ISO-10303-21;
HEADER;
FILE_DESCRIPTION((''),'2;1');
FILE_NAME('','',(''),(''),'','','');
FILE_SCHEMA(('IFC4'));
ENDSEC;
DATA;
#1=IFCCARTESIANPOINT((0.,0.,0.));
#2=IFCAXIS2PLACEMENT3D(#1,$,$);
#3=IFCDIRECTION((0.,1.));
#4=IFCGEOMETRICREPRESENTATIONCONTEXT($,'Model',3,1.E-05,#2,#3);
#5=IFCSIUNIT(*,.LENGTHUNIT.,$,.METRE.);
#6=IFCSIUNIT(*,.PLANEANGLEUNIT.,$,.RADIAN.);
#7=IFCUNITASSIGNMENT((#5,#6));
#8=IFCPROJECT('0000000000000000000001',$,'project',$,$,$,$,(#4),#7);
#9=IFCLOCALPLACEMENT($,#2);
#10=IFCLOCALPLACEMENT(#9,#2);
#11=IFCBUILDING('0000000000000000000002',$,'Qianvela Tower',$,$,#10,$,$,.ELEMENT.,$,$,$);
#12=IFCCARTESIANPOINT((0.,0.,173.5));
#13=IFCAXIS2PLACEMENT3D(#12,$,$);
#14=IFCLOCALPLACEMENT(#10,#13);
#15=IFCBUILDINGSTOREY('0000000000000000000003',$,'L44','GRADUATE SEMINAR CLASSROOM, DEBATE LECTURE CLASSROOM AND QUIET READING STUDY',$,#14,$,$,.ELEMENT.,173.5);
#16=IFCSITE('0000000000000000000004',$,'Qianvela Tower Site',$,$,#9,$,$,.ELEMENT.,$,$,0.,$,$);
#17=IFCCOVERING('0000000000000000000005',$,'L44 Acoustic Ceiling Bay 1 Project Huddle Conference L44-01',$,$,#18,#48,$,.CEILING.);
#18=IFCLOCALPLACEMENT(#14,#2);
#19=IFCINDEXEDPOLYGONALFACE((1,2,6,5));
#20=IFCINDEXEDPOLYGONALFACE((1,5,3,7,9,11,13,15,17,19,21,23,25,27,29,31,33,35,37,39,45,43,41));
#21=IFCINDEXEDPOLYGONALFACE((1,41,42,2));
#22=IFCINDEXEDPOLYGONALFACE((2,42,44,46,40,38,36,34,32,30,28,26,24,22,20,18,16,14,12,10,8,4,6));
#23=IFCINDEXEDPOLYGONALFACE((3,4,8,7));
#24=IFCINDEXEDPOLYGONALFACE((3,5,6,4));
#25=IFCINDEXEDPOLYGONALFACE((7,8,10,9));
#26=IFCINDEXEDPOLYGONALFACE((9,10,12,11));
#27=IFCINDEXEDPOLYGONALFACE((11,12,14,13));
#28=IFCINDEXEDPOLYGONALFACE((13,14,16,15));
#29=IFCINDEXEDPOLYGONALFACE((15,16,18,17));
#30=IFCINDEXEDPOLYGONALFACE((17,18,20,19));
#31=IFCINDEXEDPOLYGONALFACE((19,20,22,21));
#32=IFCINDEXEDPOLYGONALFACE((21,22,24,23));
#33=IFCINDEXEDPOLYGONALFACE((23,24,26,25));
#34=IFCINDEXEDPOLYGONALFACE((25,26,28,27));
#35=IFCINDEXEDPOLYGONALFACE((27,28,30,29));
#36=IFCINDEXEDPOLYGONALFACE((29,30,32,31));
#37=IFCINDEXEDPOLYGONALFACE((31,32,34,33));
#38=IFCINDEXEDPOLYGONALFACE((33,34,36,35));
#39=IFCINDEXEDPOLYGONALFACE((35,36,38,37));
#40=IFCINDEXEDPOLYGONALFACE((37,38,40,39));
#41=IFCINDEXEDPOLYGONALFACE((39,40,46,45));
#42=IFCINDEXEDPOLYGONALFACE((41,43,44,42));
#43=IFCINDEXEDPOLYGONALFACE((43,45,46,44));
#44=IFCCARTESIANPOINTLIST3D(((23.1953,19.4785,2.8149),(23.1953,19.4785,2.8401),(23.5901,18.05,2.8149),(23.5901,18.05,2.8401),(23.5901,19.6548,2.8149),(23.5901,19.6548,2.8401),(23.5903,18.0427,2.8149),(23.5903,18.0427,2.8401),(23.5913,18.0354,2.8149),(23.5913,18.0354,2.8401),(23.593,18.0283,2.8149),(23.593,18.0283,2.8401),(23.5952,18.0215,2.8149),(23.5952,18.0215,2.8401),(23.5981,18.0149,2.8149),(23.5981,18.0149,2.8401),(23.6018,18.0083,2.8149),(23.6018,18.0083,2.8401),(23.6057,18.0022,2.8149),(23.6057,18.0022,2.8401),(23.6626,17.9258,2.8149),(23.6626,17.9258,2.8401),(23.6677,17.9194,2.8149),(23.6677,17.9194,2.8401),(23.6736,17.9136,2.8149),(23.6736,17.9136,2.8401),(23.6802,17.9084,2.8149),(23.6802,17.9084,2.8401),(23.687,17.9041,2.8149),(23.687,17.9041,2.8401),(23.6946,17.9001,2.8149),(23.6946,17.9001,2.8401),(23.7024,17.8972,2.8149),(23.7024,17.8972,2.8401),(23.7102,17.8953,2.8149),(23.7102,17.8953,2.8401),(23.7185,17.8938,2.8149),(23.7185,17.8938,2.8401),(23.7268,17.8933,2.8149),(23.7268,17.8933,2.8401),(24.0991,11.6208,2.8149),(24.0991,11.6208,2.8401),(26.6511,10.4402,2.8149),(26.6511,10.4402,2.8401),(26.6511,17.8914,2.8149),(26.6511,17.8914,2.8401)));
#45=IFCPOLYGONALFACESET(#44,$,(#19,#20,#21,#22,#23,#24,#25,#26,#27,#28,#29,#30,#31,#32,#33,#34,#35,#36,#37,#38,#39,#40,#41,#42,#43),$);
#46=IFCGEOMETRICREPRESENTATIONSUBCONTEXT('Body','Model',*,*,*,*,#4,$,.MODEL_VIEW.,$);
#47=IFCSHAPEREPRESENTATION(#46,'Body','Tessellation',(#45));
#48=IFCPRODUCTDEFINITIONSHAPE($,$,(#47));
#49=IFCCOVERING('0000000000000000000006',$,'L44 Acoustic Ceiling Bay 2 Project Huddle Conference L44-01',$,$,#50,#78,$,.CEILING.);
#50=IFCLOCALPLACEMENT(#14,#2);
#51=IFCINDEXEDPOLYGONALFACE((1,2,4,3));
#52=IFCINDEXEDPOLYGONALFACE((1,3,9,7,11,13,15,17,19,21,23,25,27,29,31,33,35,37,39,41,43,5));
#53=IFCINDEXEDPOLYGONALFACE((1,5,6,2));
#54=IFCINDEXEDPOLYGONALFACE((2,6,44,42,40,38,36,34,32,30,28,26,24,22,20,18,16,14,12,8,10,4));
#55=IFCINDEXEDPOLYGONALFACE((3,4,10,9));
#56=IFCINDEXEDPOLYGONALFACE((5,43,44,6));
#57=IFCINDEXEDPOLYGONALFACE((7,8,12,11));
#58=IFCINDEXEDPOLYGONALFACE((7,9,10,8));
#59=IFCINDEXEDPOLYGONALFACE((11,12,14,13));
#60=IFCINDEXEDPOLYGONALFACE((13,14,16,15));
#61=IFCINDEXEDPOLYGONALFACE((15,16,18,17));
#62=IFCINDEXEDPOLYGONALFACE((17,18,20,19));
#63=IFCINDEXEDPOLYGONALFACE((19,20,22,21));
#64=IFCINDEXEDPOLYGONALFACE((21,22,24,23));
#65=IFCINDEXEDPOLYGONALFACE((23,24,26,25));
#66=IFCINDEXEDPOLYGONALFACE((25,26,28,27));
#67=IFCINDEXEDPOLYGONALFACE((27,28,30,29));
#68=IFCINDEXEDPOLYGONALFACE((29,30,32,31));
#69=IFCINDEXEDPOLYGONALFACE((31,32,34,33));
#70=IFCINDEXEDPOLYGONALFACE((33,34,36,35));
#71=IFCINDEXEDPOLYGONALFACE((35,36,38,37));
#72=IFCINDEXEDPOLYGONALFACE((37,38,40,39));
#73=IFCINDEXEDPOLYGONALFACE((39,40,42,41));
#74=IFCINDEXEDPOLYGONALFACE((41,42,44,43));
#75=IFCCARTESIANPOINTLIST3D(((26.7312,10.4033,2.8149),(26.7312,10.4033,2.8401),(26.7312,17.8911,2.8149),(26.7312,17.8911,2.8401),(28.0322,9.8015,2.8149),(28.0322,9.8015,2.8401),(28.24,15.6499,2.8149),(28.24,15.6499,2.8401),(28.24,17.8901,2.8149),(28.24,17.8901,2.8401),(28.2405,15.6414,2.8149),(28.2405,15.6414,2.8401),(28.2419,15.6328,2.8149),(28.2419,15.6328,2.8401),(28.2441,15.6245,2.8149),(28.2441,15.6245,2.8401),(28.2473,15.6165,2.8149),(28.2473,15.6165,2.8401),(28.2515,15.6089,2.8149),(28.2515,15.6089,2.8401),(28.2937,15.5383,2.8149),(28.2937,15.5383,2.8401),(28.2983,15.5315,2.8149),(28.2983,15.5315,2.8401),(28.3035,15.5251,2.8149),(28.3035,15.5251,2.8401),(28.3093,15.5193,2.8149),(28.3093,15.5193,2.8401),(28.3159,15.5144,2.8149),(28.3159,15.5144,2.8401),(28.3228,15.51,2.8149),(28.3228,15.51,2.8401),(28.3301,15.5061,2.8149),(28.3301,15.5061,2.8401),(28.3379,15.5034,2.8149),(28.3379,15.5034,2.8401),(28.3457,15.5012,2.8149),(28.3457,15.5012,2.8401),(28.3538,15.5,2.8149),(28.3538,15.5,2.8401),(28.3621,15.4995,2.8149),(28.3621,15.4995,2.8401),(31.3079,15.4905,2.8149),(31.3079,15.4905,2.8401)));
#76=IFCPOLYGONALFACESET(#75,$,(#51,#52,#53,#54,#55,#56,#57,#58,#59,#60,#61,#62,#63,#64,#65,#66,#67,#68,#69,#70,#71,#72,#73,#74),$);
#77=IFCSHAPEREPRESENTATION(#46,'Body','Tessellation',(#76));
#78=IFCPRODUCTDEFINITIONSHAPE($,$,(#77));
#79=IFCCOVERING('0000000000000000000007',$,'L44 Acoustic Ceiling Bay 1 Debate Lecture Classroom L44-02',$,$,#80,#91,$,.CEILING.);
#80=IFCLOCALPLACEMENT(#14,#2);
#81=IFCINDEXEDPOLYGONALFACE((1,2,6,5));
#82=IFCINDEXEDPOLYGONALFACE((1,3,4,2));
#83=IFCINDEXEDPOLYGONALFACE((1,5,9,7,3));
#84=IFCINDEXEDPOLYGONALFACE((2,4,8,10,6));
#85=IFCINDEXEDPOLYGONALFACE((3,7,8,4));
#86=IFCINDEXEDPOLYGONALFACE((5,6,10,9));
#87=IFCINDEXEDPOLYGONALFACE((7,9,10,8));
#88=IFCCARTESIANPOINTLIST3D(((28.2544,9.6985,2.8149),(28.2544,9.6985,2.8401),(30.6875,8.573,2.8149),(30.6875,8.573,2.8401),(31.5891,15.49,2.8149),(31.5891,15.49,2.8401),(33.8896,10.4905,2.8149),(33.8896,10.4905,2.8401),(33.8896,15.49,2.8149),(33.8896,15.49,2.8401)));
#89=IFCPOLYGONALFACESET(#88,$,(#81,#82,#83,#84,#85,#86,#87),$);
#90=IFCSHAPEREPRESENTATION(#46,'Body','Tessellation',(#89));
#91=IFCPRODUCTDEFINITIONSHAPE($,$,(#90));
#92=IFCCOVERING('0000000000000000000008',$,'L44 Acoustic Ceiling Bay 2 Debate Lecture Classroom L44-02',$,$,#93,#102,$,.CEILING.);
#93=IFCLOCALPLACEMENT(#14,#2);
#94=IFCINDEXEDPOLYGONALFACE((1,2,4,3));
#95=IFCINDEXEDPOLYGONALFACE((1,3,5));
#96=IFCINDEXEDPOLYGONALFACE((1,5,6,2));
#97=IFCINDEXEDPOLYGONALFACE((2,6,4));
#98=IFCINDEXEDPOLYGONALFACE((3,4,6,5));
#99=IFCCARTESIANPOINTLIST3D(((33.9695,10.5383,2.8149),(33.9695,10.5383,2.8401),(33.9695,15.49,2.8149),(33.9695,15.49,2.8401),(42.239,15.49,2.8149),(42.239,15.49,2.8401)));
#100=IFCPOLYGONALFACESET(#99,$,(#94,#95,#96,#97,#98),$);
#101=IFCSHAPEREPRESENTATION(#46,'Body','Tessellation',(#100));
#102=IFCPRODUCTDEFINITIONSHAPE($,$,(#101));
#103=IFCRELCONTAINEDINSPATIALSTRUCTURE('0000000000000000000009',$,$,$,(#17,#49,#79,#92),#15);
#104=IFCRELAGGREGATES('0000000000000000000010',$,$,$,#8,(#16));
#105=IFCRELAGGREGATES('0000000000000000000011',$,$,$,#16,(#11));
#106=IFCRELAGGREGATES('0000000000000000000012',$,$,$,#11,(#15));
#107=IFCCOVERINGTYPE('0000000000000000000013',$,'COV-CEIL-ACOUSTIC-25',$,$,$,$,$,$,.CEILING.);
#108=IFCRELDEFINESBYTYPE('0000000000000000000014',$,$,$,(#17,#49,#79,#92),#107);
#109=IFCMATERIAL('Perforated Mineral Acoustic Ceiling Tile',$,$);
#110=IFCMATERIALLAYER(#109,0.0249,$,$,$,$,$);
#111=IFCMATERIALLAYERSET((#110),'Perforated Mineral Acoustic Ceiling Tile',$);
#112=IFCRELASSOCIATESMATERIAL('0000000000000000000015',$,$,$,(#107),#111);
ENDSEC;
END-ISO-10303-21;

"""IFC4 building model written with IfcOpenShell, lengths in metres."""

from ifc_helpers import new_model, si_unit, direction, frame, origin, place, context, subcontext, project, spatial, polyline, outline, extrude, material, layer, layer_set, type_object, element, save


model = new_model("IFC4")

# Units and contexts
model_context = context("Model", 3, precision=1e-05, world=origin(), true_north=direction((0.0, 1.0)))
body_context = subcontext(model_context, "Body", "Model", "MODEL_VIEW")
ifc_project = project(units=[si_unit("LENGTHUNIT", "METRE"), si_unit("PLANEANGLEUNIT", "RADIAN")], contexts=[model_context])

# Site, building, storey
site_placement = place(None, origin())
site = spatial("IfcSite", under=ifc_project, at=site_placement, Name="Qianvela Tower Site", CompositionType="ELEMENT", RefElevation=0.0)
building_placement = place(site_placement, origin())
building = spatial("IfcBuilding", under=site, at=building_placement, Name="Qianvela Tower", CompositionType="ELEMENT")
storey_placement = place(building_placement, frame((0.0, 0.0, 173.5)))
storey = spatial("IfcBuildingStorey", under=building, at=storey_placement, Name="L44", Description="GRADUATE SEMINAR CLASSROOM, DEBATE LECTURE CLASSROOM AND QUIET READING STUDY", CompositionType="ELEMENT", Elevation=173.5)

# Coverings
ifc_material_1 = material(Name="Perforated Mineral Acoustic Ceiling Tile")
ifc_layer_1 = layer(ifc_material_1, 0.0249)
ifc_layer_set_1 = layer_set([ifc_layer_1], Name="Perforated Mineral Acoustic Ceiling Tile")
covering_type_1 = type_object("IfcCoveringType", Name="COV-CEIL-ACOUSTIC-25", PredefinedType="CEILING", material=ifc_layer_set_1)
covering_1_placement = place(storey_placement, frame((0.0, 0.0, 2.8149)))
element("IfcCovering", 1, at=covering_1_placement, inside=storey, type_object=covering_type_1, Name="L44 Acoustic Ceiling Bay 1 Project Huddle Conference L44-01", PredefinedType="CEILING", context=body_context, shape_type="SweptSolid", body=[
    extrude(outline(polyline([(23.5901, 19.6548), (23.5901, 18.05), (23.5903, 18.0427), (23.5913, 18.0354), (23.593, 18.0283), (23.5952, 18.0215), (23.5981, 18.0149), (23.6018, 18.0083), (23.6057, 18.0022), (23.6626, 17.9258), (23.6677, 17.9194), (23.6736, 17.9136), (23.6802, 17.9084), (23.687, 17.9041), (23.6946, 17.9001), (23.7024, 17.8972), (23.7102, 17.8953), (23.7185, 17.8938), (23.7268, 17.8933), (26.6511, 17.8914), (26.6511, 10.4402), (24.0991, 11.6208), (23.1953, 19.4785), (23.5901, 19.6548)])), origin(), (0.0, 0.0, 1.0), 0.0251),
])
covering_2_placement = place(storey_placement, frame((0.0, 0.0, 2.8149)))
element("IfcCovering", 2, at=covering_2_placement, inside=storey, type_object=covering_type_1, Name="L44 Acoustic Ceiling Bay 2 Project Huddle Conference L44-01", PredefinedType="CEILING", context=body_context, shape_type="SweptSolid", body=[
    extrude(outline(polyline([(28.24, 17.8901), (28.24, 15.6499), (28.2405, 15.6414), (28.2419, 15.6328), (28.2441, 15.6245), (28.2473, 15.6165), (28.2515, 15.6089), (28.2937, 15.5383), (28.2983, 15.5315), (28.3035, 15.5251), (28.3093, 15.5193), (28.3159, 15.5144), (28.3228, 15.51), (28.3301, 15.5061), (28.3379, 15.5034), (28.3457, 15.5012), (28.3538, 15.5), (28.3621, 15.4995), (31.3079, 15.4905), (28.0322, 9.8015), (26.7312, 10.4033), (26.7312, 17.8911), (28.24, 17.8901)])), origin(), (0.0, 0.0, 1.0), 0.0251),
])
covering_3_placement = place(storey_placement, frame((0.0, 0.0, 2.8149)))
element("IfcCovering", 3, at=covering_3_placement, inside=storey, type_object=covering_type_1, Name="L44 Acoustic Ceiling Bay 1 Debate Lecture Classroom L44-02", PredefinedType="CEILING", context=body_context, shape_type="SweptSolid", body=[
    extrude(outline(polyline([(33.8896, 15.49), (33.8896, 10.4905), (30.6875, 8.573), (28.2544, 9.6985), (31.5891, 15.49), (33.8896, 15.49)])), origin(), (0.0, 0.0, 1.0), 0.0251),
])
covering_4_placement = place(storey_placement, frame((0.0, 0.0, 2.8149)))
element("IfcCovering", 4, at=covering_4_placement, inside=storey, type_object=covering_type_1, Name="L44 Acoustic Ceiling Bay 2 Debate Lecture Classroom L44-02", PredefinedType="CEILING", context=body_context, shape_type="SweptSolid", body=[
    extrude(outline(polyline([(42.239, 15.49), (33.9695, 10.5383), (33.9695, 15.49), (42.239, 15.49)])), origin(), (0.0, 0.0, 1.0), 0.0251),
])

save(model, "model.ifc")
